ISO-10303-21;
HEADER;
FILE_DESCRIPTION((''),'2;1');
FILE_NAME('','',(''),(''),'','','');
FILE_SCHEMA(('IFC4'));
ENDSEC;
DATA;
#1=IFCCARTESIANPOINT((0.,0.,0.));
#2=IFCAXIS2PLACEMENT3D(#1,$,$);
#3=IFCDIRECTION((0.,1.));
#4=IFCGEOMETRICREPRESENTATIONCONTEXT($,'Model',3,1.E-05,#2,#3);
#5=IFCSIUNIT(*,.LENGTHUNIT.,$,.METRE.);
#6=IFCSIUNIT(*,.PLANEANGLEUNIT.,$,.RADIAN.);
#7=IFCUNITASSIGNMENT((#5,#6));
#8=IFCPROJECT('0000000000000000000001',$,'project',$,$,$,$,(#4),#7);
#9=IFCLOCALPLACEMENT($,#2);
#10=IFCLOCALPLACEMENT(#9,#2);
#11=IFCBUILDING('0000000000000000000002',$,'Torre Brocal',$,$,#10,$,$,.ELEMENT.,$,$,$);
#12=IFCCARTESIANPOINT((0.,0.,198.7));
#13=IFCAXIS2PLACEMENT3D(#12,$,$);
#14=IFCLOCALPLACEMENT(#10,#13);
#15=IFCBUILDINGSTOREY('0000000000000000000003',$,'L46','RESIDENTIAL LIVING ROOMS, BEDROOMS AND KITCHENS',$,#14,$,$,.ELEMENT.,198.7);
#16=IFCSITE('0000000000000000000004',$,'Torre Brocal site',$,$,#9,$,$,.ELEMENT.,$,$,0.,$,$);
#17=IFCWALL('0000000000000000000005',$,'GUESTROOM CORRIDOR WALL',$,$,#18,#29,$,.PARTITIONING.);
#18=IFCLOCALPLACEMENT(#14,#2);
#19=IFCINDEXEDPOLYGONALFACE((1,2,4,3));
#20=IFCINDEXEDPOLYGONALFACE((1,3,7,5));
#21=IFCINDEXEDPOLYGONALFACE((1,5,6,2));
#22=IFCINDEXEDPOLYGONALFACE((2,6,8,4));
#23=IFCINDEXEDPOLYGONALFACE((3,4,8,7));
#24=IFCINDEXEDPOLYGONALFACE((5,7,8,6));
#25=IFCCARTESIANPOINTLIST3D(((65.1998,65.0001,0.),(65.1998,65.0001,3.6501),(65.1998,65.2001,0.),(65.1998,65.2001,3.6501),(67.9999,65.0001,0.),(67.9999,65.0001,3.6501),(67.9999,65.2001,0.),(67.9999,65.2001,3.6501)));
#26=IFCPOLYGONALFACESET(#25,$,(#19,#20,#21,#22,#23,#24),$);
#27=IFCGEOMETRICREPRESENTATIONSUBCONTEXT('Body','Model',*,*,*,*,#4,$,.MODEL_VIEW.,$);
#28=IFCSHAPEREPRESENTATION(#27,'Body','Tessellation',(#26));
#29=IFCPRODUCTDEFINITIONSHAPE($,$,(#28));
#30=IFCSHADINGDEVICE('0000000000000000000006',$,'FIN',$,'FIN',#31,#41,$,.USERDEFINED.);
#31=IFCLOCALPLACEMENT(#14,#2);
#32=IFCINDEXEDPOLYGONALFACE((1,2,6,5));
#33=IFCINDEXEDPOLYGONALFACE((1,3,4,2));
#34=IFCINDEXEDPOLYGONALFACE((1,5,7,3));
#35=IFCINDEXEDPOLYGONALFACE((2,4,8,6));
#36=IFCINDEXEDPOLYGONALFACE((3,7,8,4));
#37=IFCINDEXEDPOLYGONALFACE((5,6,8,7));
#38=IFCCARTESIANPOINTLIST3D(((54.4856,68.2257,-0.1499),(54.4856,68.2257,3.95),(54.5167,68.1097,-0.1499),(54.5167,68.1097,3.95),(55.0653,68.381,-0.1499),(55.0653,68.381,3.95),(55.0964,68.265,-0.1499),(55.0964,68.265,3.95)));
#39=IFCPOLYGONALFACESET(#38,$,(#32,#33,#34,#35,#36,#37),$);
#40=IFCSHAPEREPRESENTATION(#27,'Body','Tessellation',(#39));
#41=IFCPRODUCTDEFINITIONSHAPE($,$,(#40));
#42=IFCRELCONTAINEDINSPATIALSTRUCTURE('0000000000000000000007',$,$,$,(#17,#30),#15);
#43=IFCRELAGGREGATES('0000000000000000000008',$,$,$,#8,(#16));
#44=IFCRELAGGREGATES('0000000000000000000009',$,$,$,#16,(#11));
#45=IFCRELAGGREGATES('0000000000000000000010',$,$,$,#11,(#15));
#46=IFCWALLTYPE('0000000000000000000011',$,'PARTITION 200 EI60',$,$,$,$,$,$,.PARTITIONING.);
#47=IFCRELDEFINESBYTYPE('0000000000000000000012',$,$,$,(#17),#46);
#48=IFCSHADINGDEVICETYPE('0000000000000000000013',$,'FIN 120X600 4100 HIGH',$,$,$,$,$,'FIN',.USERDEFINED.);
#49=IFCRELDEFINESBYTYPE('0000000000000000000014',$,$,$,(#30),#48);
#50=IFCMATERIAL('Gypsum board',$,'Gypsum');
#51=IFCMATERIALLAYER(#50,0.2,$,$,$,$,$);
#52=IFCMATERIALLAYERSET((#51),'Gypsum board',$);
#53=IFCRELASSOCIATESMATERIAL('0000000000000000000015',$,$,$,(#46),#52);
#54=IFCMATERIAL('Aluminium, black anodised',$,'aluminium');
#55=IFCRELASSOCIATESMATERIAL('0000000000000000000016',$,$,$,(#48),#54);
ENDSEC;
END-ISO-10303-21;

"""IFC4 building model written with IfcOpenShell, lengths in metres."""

from ifc_helpers import new_model, si_unit, direction, frame, frame_2d, origin, origin_2d, place, context, subcontext, project, spatial, rectangle, extrude, material, layer, layer_set, material_profile, profile_set, type_object, element, save


model = new_model("IFC4")

# Units and contexts
model_context = context("Model", 3, precision=1e-05, world=origin(), true_north=direction((0.0, 1.0)))
body_context = subcontext(model_context, "Body", "Model", "MODEL_VIEW")
ifc_project = project(units=[si_unit("LENGTHUNIT", "METRE"), si_unit("PLANEANGLEUNIT", "RADIAN")], contexts=[model_context])

# Site, building, storey
site_placement = place(None, origin())
site = spatial("IfcSite", under=ifc_project, at=site_placement, Name="Torre Brocal site", CompositionType="ELEMENT", RefElevation=0.0)
building_placement = place(site_placement, origin())
building = spatial("IfcBuilding", under=site, at=building_placement, Name="Torre Brocal", CompositionType="ELEMENT")
storey_placement = place(building_placement, frame((0.0, 0.0, 198.7)))
storey = spatial("IfcBuildingStorey", under=building, at=storey_placement, Name="L46", Description="RESIDENTIAL LIVING ROOMS, BEDROOMS AND KITCHENS", CompositionType="ELEMENT", Elevation=198.7)

# Wall
ifc_material_1 = material(Name="Gypsum board", Category="Gypsum")
ifc_layer_1 = layer(ifc_material_1, 0.2)
ifc_layer_set_1 = layer_set([ifc_layer_1], Name="Gypsum board")
wall_type_1 = type_object("IfcWallType", Name="PARTITION 200 EI60", PredefinedType="PARTITIONING", material=ifc_layer_set_1)
wall_1_placement = place(storey_placement, frame((65.2, 65.1001, 0.0), z_axis=(0.0, 0.0, 1.0), x_axis=(1.0, 0.0, 0.0)))
element("IfcWall", 1, at=wall_1_placement, inside=storey, type_object=wall_type_1, Name="GUESTROOM CORRIDOR WALL", PredefinedType="PARTITIONING", context=body_context, shape_type="SweptSolid", body=[
    extrude(rectangle(XDim=2.8, YDim=0.2, at=frame_2d((1.3999, 0.0))), origin(), (0.0, 0.0, 1.0), 3.6501),
])

# Shading device
ifc_material_2 = material(Name="Aluminium, black anodised", Category="aluminium")
ifc_material_profile_1 = material_profile(ifc_material_2, rectangle(XDim=0.1201, YDim=0.6001, at=origin_2d()), Name="FIN 120X600 4100 HIGH")
ifc_profile_set_1 = profile_set([ifc_material_profile_1], Name="Aluminium, black anodised")
shading_device_type = type_object("IfcShadingDeviceType", Name="FIN 120X600 4100 HIGH", ElementType="FIN", PredefinedType="USERDEFINED", material=ifc_profile_set_1)
shading_device_placement = place(storey_placement, frame((54.791, 68.2454, -0.1499), z_axis=(0.0, 0.0, 1.0), x_axis=(0.258819, -0.965926, 0.0)))
element("IfcShadingDevice", 2, at=shading_device_placement, inside=storey, type_object=shading_device_type, Name="FIN", ObjectType="FIN", PredefinedType="USERDEFINED", context=body_context, shape_type="SweptSolid", body=[
    extrude(rectangle(XDim=0.1201, YDim=0.6001, at=origin_2d()), origin(), (0.0, 0.0, 1.0), 4.0999),
])

save(model, "model.ifc")
